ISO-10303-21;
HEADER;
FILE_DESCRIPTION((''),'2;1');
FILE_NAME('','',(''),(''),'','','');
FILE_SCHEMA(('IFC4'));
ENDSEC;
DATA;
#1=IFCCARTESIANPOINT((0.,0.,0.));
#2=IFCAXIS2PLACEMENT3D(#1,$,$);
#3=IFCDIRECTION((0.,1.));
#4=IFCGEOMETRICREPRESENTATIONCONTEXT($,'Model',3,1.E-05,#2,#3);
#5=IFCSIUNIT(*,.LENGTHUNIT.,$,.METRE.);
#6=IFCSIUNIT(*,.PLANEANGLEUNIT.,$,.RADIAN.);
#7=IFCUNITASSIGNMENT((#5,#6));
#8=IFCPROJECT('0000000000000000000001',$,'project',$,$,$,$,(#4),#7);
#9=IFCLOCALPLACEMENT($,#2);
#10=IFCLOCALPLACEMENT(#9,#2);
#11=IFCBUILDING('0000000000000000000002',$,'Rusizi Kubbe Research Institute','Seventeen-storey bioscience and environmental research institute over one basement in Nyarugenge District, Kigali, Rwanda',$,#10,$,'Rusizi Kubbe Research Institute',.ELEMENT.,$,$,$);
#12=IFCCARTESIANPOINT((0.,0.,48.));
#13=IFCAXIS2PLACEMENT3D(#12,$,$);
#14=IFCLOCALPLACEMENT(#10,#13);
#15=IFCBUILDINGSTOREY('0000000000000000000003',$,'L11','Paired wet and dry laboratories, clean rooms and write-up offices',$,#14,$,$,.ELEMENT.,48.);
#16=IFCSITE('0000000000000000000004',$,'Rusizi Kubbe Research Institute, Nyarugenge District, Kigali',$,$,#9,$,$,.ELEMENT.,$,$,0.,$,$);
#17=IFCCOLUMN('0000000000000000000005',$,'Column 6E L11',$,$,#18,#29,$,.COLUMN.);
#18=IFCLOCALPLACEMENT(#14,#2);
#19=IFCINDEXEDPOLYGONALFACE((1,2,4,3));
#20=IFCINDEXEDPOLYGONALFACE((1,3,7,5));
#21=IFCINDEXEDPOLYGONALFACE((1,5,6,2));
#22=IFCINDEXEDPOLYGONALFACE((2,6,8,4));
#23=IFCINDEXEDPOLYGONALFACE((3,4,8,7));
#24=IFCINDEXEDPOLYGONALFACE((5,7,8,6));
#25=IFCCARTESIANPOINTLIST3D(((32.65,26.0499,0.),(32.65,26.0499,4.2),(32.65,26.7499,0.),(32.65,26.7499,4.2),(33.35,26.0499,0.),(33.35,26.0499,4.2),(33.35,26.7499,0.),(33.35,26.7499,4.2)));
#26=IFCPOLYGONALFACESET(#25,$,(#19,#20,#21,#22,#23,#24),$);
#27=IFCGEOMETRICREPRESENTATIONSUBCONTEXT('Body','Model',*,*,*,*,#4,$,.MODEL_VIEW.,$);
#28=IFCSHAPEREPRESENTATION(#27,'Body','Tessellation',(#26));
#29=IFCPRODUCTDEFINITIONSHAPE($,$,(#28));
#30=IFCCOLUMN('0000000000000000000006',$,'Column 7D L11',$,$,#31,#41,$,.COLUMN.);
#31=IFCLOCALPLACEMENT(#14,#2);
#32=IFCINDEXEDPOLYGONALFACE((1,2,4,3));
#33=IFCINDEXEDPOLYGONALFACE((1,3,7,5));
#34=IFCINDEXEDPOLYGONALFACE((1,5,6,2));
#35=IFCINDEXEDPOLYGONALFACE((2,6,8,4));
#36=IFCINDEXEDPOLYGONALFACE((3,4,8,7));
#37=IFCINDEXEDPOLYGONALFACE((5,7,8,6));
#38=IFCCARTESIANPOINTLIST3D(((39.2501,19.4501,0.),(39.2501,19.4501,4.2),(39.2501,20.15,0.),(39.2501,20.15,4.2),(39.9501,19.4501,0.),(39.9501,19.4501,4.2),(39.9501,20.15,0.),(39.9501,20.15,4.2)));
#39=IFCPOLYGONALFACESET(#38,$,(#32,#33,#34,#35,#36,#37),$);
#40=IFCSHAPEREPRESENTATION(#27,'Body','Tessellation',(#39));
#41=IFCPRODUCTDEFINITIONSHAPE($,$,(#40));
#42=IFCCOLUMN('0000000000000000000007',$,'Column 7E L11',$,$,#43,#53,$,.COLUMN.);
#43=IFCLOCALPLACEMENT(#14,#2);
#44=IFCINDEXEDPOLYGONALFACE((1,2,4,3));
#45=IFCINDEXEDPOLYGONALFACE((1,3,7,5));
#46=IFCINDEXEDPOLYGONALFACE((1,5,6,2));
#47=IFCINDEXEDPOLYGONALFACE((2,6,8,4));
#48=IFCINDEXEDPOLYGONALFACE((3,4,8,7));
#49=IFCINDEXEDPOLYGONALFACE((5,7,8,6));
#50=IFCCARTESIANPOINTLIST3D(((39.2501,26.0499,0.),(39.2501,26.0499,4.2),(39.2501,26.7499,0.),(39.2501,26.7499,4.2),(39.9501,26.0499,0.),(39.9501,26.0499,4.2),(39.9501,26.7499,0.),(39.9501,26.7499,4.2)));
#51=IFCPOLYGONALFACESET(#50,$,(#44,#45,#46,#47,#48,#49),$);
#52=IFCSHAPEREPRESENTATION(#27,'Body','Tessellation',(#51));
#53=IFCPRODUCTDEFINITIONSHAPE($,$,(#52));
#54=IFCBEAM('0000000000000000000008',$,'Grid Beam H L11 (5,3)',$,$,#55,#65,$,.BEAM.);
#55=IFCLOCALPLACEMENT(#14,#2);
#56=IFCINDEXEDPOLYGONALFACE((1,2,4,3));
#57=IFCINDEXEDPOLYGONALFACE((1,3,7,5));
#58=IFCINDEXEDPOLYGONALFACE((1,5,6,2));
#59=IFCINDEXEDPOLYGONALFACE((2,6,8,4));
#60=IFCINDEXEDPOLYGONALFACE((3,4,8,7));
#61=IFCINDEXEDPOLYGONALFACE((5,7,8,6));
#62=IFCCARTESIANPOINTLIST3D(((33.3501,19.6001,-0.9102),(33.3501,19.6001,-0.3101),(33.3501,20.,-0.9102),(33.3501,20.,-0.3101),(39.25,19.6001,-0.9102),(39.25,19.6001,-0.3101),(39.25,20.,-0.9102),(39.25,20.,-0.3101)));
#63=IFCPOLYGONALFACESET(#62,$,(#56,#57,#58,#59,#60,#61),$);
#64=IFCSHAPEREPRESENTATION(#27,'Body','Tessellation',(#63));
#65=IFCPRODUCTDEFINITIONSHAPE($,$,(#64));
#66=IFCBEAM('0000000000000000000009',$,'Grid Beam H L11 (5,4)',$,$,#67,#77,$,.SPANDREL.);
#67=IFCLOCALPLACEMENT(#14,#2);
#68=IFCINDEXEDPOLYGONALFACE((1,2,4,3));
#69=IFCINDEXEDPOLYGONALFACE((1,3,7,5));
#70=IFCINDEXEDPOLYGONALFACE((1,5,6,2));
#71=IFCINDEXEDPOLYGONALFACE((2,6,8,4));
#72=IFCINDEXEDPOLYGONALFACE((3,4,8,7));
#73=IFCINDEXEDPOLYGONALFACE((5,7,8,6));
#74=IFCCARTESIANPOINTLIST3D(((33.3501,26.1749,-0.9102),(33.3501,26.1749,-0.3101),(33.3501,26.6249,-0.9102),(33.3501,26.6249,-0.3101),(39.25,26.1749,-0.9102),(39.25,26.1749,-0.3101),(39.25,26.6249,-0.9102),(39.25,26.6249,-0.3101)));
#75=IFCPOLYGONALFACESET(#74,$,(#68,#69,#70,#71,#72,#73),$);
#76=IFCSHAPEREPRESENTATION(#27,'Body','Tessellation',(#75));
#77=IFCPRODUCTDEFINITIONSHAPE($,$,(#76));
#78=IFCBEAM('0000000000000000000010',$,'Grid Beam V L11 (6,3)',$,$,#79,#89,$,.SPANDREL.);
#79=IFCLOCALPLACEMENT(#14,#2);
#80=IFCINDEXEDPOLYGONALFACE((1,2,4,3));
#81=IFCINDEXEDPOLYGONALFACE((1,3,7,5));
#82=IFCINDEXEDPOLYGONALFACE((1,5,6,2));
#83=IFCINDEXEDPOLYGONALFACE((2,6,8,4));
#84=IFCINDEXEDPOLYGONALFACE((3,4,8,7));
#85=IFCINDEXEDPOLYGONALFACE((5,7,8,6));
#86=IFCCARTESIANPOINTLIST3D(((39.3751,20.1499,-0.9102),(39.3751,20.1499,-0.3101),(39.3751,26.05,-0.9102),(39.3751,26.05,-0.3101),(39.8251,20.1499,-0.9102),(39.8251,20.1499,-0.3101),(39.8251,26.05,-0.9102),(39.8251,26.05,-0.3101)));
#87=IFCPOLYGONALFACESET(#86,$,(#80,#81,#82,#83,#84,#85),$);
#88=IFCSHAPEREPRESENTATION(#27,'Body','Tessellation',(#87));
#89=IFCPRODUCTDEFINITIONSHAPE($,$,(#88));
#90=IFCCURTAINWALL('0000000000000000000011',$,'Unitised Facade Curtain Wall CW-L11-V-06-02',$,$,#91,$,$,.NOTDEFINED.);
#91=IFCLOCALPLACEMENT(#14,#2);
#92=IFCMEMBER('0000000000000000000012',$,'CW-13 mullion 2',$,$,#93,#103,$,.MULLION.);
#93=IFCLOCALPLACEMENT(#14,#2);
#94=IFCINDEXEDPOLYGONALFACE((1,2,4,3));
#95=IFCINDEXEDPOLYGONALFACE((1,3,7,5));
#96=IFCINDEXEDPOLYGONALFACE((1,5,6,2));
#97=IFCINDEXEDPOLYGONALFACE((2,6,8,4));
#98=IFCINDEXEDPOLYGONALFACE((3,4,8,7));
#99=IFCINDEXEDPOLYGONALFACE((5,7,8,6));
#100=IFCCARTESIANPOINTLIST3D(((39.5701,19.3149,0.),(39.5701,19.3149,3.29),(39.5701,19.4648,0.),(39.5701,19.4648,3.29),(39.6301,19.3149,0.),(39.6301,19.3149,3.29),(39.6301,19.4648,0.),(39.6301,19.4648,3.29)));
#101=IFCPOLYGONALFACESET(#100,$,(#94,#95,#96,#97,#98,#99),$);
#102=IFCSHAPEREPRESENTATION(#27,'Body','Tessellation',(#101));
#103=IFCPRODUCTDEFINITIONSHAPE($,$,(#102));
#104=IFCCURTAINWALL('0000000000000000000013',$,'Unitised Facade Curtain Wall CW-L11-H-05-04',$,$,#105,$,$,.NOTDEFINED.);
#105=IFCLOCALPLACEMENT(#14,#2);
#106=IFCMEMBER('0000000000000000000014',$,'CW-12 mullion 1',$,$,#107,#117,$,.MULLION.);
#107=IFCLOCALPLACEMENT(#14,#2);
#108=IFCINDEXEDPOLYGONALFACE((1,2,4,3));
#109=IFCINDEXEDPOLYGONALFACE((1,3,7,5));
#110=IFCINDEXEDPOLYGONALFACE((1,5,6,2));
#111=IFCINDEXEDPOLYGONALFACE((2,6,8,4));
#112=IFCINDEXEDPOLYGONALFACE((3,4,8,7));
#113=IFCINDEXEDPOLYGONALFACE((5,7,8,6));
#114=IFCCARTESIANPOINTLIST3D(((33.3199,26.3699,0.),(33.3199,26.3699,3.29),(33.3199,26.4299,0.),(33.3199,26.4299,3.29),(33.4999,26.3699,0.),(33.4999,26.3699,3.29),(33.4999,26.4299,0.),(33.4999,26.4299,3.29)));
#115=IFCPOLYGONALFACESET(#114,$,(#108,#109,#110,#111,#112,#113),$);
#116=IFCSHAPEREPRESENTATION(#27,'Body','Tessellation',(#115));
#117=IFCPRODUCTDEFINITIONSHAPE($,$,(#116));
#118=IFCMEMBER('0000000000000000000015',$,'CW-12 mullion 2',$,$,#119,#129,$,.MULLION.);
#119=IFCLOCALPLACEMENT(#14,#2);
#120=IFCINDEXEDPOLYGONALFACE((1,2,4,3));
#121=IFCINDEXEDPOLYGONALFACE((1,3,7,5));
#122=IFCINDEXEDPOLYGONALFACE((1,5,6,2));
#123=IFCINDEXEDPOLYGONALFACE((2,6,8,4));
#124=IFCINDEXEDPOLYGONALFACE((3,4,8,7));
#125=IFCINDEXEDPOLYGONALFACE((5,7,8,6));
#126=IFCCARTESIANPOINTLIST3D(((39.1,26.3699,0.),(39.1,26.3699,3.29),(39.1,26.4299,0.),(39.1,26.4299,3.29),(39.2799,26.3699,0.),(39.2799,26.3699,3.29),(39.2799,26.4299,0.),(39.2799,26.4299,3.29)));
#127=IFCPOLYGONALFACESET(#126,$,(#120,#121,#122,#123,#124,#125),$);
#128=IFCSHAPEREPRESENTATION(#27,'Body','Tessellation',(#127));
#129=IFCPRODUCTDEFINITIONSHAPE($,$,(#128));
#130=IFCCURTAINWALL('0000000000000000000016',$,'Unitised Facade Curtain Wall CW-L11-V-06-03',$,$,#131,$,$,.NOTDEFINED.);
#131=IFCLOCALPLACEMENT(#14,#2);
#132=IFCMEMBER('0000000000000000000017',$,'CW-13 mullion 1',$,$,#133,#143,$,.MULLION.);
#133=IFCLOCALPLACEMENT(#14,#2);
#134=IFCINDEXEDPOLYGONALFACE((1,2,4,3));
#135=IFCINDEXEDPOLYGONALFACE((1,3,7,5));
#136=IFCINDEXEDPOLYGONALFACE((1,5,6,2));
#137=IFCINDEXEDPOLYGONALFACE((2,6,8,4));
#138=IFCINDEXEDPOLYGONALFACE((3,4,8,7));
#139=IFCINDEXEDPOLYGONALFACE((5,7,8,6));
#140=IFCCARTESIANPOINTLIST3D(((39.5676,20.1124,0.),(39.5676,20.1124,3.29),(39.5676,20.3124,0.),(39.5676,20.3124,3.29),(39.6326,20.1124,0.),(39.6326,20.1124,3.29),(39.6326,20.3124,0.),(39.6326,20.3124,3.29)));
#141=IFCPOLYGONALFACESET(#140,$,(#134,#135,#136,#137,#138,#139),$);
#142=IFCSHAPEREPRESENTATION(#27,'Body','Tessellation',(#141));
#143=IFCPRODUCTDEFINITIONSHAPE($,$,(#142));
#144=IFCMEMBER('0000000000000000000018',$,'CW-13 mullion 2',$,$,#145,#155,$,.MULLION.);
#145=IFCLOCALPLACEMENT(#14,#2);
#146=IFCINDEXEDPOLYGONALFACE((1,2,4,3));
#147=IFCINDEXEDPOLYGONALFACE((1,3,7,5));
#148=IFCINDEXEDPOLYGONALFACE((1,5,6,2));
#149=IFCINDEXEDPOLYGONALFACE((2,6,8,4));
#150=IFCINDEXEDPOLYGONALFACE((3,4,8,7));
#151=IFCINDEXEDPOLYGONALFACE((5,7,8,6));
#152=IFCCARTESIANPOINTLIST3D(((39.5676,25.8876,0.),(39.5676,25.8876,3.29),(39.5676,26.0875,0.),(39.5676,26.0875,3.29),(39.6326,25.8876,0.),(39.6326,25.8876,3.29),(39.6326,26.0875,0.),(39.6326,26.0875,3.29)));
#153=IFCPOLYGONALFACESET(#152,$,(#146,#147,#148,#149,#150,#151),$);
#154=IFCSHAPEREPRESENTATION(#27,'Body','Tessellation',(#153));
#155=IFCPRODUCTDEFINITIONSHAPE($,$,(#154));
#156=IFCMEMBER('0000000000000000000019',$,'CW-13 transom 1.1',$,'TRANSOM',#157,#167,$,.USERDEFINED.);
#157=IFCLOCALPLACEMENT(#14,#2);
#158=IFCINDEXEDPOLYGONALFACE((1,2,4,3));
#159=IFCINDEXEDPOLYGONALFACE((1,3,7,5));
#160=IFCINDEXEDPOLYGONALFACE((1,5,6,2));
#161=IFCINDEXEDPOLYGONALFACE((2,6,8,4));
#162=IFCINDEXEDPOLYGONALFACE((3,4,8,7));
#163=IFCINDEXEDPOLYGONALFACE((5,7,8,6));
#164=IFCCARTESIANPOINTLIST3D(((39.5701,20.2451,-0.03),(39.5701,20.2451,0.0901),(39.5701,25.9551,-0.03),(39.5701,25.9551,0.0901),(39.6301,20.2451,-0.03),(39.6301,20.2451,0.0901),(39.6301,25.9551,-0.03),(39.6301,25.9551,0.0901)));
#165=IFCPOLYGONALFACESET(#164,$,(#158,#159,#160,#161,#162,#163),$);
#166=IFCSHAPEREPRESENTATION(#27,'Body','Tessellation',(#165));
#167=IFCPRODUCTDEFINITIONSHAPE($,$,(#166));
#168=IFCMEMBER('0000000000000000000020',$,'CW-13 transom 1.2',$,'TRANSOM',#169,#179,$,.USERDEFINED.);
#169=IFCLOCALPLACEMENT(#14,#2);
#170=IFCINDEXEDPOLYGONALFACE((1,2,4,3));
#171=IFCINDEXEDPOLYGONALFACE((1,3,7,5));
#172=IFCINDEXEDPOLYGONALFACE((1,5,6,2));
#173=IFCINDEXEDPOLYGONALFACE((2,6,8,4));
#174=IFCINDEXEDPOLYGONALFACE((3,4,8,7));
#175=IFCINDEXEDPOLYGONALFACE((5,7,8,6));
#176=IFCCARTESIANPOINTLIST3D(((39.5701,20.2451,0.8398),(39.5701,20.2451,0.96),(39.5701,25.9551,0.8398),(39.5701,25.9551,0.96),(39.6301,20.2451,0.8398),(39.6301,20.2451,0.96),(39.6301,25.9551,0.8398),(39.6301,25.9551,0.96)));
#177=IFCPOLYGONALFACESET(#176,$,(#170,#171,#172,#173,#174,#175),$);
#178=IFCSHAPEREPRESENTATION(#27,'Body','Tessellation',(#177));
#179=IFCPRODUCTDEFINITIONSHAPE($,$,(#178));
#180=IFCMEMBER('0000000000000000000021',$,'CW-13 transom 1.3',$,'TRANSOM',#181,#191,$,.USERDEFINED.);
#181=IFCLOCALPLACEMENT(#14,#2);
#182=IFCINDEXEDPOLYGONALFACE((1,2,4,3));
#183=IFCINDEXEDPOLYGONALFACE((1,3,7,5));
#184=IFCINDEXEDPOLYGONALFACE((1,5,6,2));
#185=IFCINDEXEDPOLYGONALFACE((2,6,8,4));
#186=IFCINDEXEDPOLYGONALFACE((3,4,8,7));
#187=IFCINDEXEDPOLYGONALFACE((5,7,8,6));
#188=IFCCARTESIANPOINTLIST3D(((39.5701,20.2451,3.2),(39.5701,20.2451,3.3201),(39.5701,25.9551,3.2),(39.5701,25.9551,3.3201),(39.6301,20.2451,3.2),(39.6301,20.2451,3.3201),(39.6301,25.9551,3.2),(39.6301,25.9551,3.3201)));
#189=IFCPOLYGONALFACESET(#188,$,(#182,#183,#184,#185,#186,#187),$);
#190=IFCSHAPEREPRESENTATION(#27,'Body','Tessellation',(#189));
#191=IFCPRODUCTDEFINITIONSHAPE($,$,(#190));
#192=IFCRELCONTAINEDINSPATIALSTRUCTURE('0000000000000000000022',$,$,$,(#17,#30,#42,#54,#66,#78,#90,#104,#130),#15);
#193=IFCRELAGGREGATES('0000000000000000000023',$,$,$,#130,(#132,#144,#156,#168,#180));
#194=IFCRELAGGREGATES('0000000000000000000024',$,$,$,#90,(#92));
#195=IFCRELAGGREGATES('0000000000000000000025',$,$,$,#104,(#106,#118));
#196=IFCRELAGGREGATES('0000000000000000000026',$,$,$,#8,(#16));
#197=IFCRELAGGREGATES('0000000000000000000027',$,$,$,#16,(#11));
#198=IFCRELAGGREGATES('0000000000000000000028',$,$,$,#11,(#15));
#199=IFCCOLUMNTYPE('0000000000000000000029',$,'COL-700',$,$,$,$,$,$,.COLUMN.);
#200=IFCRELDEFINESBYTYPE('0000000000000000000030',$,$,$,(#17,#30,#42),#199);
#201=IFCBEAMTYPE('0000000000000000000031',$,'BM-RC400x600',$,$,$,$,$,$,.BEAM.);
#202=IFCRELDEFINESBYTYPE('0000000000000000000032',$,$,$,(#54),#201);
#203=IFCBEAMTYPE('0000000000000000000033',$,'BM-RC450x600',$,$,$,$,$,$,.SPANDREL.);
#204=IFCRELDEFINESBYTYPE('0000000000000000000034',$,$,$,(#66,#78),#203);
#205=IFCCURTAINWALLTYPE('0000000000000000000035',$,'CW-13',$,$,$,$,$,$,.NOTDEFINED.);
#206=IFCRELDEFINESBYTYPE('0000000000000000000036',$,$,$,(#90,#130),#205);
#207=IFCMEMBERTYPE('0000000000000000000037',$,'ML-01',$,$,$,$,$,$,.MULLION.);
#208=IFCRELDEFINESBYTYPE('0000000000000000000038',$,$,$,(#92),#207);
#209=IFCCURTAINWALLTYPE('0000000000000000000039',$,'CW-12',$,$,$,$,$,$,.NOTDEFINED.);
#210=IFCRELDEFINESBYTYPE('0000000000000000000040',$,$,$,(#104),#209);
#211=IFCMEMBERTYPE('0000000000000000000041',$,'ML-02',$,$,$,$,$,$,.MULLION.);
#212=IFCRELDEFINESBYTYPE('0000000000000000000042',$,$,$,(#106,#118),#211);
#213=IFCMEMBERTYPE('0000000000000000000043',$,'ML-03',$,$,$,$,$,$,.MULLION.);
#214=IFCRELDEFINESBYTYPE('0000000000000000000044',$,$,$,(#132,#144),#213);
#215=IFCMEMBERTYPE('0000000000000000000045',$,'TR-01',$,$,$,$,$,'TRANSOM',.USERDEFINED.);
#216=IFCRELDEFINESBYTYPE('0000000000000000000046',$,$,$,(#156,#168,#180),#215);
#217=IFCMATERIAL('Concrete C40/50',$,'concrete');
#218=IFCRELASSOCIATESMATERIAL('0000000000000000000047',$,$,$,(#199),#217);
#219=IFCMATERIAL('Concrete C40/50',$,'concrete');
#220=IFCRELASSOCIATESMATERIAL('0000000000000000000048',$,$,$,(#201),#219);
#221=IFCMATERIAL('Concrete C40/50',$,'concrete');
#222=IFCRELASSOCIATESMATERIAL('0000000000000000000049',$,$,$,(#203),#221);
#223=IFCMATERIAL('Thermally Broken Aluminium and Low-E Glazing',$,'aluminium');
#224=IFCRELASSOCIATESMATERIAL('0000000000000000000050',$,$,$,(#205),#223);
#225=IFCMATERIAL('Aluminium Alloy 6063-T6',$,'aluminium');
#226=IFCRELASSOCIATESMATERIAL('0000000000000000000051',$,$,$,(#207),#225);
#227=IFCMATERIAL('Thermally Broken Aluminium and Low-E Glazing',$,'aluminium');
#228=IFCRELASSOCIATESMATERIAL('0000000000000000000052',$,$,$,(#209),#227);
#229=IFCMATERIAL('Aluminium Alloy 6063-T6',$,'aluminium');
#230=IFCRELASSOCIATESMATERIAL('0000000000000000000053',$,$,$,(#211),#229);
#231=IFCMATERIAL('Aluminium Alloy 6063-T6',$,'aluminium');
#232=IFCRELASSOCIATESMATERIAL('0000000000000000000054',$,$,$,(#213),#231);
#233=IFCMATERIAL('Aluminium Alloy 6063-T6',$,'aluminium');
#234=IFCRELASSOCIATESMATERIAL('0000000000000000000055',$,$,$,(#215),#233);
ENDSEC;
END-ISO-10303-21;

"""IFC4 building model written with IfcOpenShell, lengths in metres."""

from ifc_helpers import new_model, si_unit, direction, frame, origin, origin_2d, place, context, subcontext, project, spatial, rectangle, extrude, material, material_profile, profile_set, type_object, element, aggregate, save


model = new_model("IFC4")

# Units and contexts
model_context = context("Model", 3, precision=1e-05, world=origin(), true_north=direction((0.0, 1.0)))
body_context = subcontext(model_context, "Body", "Model", "MODEL_VIEW")
ifc_project = project(units=[si_unit("LENGTHUNIT", "METRE"), si_unit("PLANEANGLEUNIT", "RADIAN")], contexts=[model_context])

# Site, building, storey
site_placement = place(None, origin())
site = spatial("IfcSite", under=ifc_project, at=site_placement, Name="Rusizi Kubbe Research Institute, Nyarugenge District, Kigali", CompositionType="ELEMENT", RefElevation=0.0)
building_placement = place(site_placement, origin())
building = spatial("IfcBuilding", under=site, at=building_placement, Name="Rusizi Kubbe Research Institute", Description="Seventeen-storey bioscience and environmental research institute over one basement in Nyarugenge District, Kigali, Rwanda", LongName="Rusizi Kubbe Research Institute", CompositionType="ELEMENT")
storey_placement = place(building_placement, frame((0.0, 0.0, 48.0)))
storey = spatial("IfcBuildingStorey", under=building, at=storey_placement, Name="L11", Description="Paired wet and dry laboratories, clean rooms and write-up offices", CompositionType="ELEMENT", Elevation=48.0)

# Columns
ifc_material_1 = material(Name="Concrete C40/50", Category="concrete")
ifc_material_profile_1 = material_profile(ifc_material_1, rectangle(XDim=0.7, YDim=0.7, at=origin_2d()), Name="RC700x700")
ifc_profile_set_1 = profile_set([ifc_material_profile_1], Name="Concrete C40/50")
column_type = type_object("IfcColumnType", Name="COL-700", PredefinedType="COLUMN", material=ifc_profile_set_1)
for number, where, z_axis, x_axis, name in (
    (1, (33.0, 26.3999, 0.0), (0.0, 0.0, 1.0), (1.0, 0.0, 0.0), "Column 6E L11"),
    (2, (39.6001, 19.8, 0.0), (0.0, 0.0, 1.0), (1.0, 0.0, 0.0), "Column 7D L11"),
    (3, (39.6001, 26.3999, 0.0), (0.0, 0.0, 1.0), (1.0, 0.0, 0.0), "Column 7E L11"),
):
    element("IfcColumn", number, at=place(storey_placement, frame(where, z_axis=z_axis, x_axis=x_axis)), inside=storey, type_object=column_type, Name=name, PredefinedType="COLUMN", context=body_context, shape_type="SweptSolid", body=[
        extrude(rectangle(XDim=0.7, YDim=0.7, at=origin_2d()), origin(), (0.0, 0.0, 1.0), 4.2),
    ])

# Beams
ifc_material_2 = material(Name="Concrete C40/50", Category="concrete")
ifc_material_profile_2 = material_profile(ifc_material_2, rectangle(XDim=0.3999, YDim=0.6001, at=origin_2d()), Name="RC400x600")
ifc_profile_set_2 = profile_set([ifc_material_profile_2], Name="Concrete C40/50")
beam_type_1 = type_object("IfcBeamType", Name="BM-RC400x600", PredefinedType="BEAM", material=ifc_profile_set_2)
beam_1_placement = place(storey_placement, frame((33.3501, 19.8, -0.6101), z_axis=(1.0, 0.0, 0.0), x_axis=(0.0, 1.0, 0.0)))
element("IfcBeam", 4, at=beam_1_placement, inside=storey, type_object=beam_type_1, Name="Grid Beam H L11 (5,3)", PredefinedType="BEAM", context=body_context, shape_type="SweptSolid", body=[
    extrude(rectangle(XDim=0.3999, YDim=0.6001, at=origin_2d()), origin(), (0.0, 0.0, 1.0), 5.8999),
])
ifc_material_3 = material(Name="Concrete C40/50", Category="concrete")
ifc_material_profile_3 = material_profile(ifc_material_3, rectangle(XDim=0.45, YDim=0.6001, at=origin_2d()), Name="RC450x600")
ifc_profile_set_3 = profile_set([ifc_material_profile_3], Name="Concrete C40/50")
beam_type_2 = type_object("IfcBeamType", Name="BM-RC450x600", PredefinedType="SPANDREL", material=ifc_profile_set_3)
beam_2_placement = place(storey_placement, frame((33.3501, 26.3999, -0.6101), z_axis=(1.0, 0.0, 0.0), x_axis=(0.0, 1.0, 0.0)))
element("IfcBeam", 5, at=beam_2_placement, inside=storey, type_object=beam_type_2, Name="Grid Beam H L11 (5,4)", PredefinedType="SPANDREL", context=body_context, shape_type="SweptSolid", body=[
    extrude(rectangle(XDim=0.45, YDim=0.6001, at=origin_2d()), origin(), (0.0, 0.0, 1.0), 5.8999),
])
beam_3_placement = place(storey_placement, frame((39.6001, 20.1499, -0.6101), z_axis=(0.0, 1.0, 0.0), x_axis=(-1.0, 0.0, 0.0)))
element("IfcBeam", 6, at=beam_3_placement, inside=storey, type_object=beam_type_2, Name="Grid Beam V L11 (6,3)", PredefinedType="SPANDREL", context=body_context, shape_type="SweptSolid", body=[
    extrude(rectangle(XDim=0.45, YDim=0.6001, at=origin_2d()), origin(), (0.0, 0.0, 1.0), 5.9001),
])

# Curtain wall, member
ifc_material_4 = material(Name="Thermally Broken Aluminium and Low-E Glazing", Category="aluminium")
curtain_wall_type_1 = type_object("IfcCurtainWallType", Name="CW-13", PredefinedType="NOTDEFINED", material=ifc_material_4)
curtain_wall_1_placement = place(storey_placement, origin())
curtain_wall_1 = element("IfcCurtainWall", 7, at=curtain_wall_1_placement, inside=storey, type_object=curtain_wall_type_1, Name="Unitised Facade Curtain Wall CW-L11-V-06-02", PredefinedType="NOTDEFINED")
ifc_material_5 = material(Name="Aluminium Alloy 6063-T6", Category="aluminium")
ifc_material_profile_4 = material_profile(ifc_material_5, rectangle(XDim=0.0601, YDim=0.1499, at=origin_2d()), Name="ALU-M 60x150")
ifc_profile_set_4 = profile_set([ifc_material_profile_4], Name="Aluminium Alloy 6063-T6")
member_type_1 = type_object("IfcMemberType", Name="ML-01", PredefinedType="MULLION", material=ifc_profile_set_4)
member_1_placement = place(storey_placement, frame((39.6001, 19.3899, 0.0), z_axis=(0.0, 0.0, 1.0), x_axis=(-1.0, 0.0, 0.0)))
member_1 = element("IfcMember", 8, at=member_1_placement, type_object=member_type_1, Name="CW-13 mullion 2", PredefinedType="MULLION", context=body_context, shape_type="SweptSolid", body=[
    extrude(rectangle(XDim=0.0601, YDim=0.1499, at=origin_2d()), origin(), (0.0, 0.0, 1.0), 3.29),
])

# Curtain walls, members
ifc_material_6 = material(Name="Thermally Broken Aluminium and Low-E Glazing", Category="aluminium")
curtain_wall_type_2 = type_object("IfcCurtainWallType", Name="CW-12", PredefinedType="NOTDEFINED", material=ifc_material_6)
curtain_wall_2_placement = place(storey_placement, origin())
curtain_wall_2 = element("IfcCurtainWall", 9, at=curtain_wall_2_placement, inside=storey, type_object=curtain_wall_type_2, Name="Unitised Facade Curtain Wall CW-L11-H-05-04", PredefinedType="NOTDEFINED")
ifc_material_7 = material(Name="Aluminium Alloy 6063-T6", Category="aluminium")
ifc_material_profile_5 = material_profile(ifc_material_7, rectangle(XDim=0.0601, YDim=0.1799, at=origin_2d()), Name="ALU-M 60x180")
ifc_profile_set_5 = profile_set([ifc_material_profile_5], Name="Aluminium Alloy 6063-T6")
member_type_2 = type_object("IfcMemberType", Name="ML-02", PredefinedType="MULLION", material=ifc_profile_set_5)
member_2_placement = place(storey_placement, frame((33.4099, 26.3999, 0.0), z_axis=(0.0, 0.0, 1.0), x_axis=(0.0, 1.0, 0.0)))
member_2 = element("IfcMember", 10, at=member_2_placement, type_object=member_type_2, Name="CW-12 mullion 1", PredefinedType="MULLION", context=body_context, shape_type="SweptSolid", body=[
    extrude(rectangle(XDim=0.0601, YDim=0.1799, at=origin_2d()), origin(), (0.0, 0.0, 1.0), 3.29),
])
member_3_placement = place(storey_placement, frame((39.1899, 26.3999, 0.0), z_axis=(0.0, 0.0, 1.0), x_axis=(0.0, 1.0, 0.0)))
member_3 = element("IfcMember", 11, at=member_3_placement, type_object=member_type_2, Name="CW-12 mullion 2", PredefinedType="MULLION", context=body_context, shape_type="SweptSolid", body=[
    extrude(rectangle(XDim=0.0601, YDim=0.1799, at=origin_2d()), origin(), (0.0, 0.0, 1.0), 3.29),
])
curtain_wall_3_placement = place(storey_placement, origin())
curtain_wall_3 = element("IfcCurtainWall", 12, at=curtain_wall_3_placement, inside=storey, type_object=curtain_wall_type_1, Name="Unitised Facade Curtain Wall CW-L11-V-06-03", PredefinedType="NOTDEFINED")
ifc_material_8 = material(Name="Aluminium Alloy 6063-T6", Category="aluminium")
ifc_material_profile_6 = material_profile(ifc_material_8, rectangle(XDim=0.0649, YDim=0.2, at=origin_2d()), Name="ALU-M 65x200")
ifc_profile_set_6 = profile_set([ifc_material_profile_6], Name="Aluminium Alloy 6063-T6")
member_type_3 = type_object("IfcMemberType", Name="ML-03", PredefinedType="MULLION", material=ifc_profile_set_6)
member_4_placement = place(storey_placement, frame((39.6001, 20.2124, 0.0), z_axis=(0.0, 0.0, 1.0), x_axis=(-1.0, 0.0, 0.0)))
member_4 = element("IfcMember", 13, at=member_4_placement, type_object=member_type_3, Name="CW-13 mullion 1", PredefinedType="MULLION", context=body_context, shape_type="SweptSolid", body=[
    extrude(rectangle(XDim=0.0649, YDim=0.2, at=origin_2d()), origin(), (0.0, 0.0, 1.0), 3.29),
])
member_5_placement = place(storey_placement, frame((39.6001, 25.9875, 0.0), z_axis=(0.0, 0.0, 1.0), x_axis=(-1.0, 0.0, 0.0)))
member_5 = element("IfcMember", 14, at=member_5_placement, type_object=member_type_3, Name="CW-13 mullion 2", PredefinedType="MULLION", context=body_context, shape_type="SweptSolid", body=[
    extrude(rectangle(XDim=0.0649, YDim=0.2, at=origin_2d()), origin(), (0.0, 0.0, 1.0), 3.29),
])
ifc_material_9 = material(Name="Aluminium Alloy 6063-T6", Category="aluminium")
ifc_material_profile_7 = material_profile(ifc_material_9, rectangle(XDim=0.0601, YDim=0.1201, at=origin_2d()), Name="ALU-T 60x120")
ifc_profile_set_7 = profile_set([ifc_material_profile_7], Name="Aluminium Alloy 6063-T6")
member_type_4 = type_object("IfcMemberType", Name="TR-01", ElementType="TRANSOM", PredefinedType="USERDEFINED", material=ifc_profile_set_7)
member_6_placement = place(storey_placement, frame((39.6001, 20.2451, 0.03), z_axis=(0.0, 1.0, 0.0), x_axis=(-1.0, 0.0, 0.0)))
member_6 = element("IfcMember", 15, at=member_6_placement, type_object=member_type_4, Name="CW-13 transom 1.1", ObjectType="TRANSOM", PredefinedType="USERDEFINED", context=body_context, shape_type="SweptSolid", body=[
    extrude(rectangle(XDim=0.0601, YDim=0.1201, at=origin_2d()), origin(), (0.0, 0.0, 1.0), 5.71),
])
member_7_placement = place(storey_placement, frame((39.6001, 20.2451, 0.8999), z_axis=(0.0, 1.0, 0.0), x_axis=(-1.0, 0.0, 0.0)))
member_7 = element("IfcMember", 16, at=member_7_placement, type_object=member_type_4, Name="CW-13 transom 1.2", ObjectType="TRANSOM", PredefinedType="USERDEFINED", context=body_context, shape_type="SweptSolid", body=[
    extrude(rectangle(XDim=0.0601, YDim=0.1201, at=origin_2d()), origin(), (0.0, 0.0, 1.0), 5.71),
])
member_8_placement = place(storey_placement, frame((39.6001, 20.2451, 3.26), z_axis=(0.0, 1.0, 0.0), x_axis=(-1.0, 0.0, 0.0)))
member_8 = element("IfcMember", 17, at=member_8_placement, type_object=member_type_4, Name="CW-13 transom 1.3", ObjectType="TRANSOM", PredefinedType="USERDEFINED", context=body_context, shape_type="SweptSolid", body=[
    extrude(rectangle(XDim=0.0601, YDim=0.1201, at=origin_2d()), origin(), (0.0, 0.0, 1.0), 5.71),
])

aggregate(curtain_wall_3, [member_4, member_5, member_6, member_7, member_8])
aggregate(curtain_wall_1, [member_1])
aggregate(curtain_wall_2, [member_2, member_3])

save(model, "model.ifc")
